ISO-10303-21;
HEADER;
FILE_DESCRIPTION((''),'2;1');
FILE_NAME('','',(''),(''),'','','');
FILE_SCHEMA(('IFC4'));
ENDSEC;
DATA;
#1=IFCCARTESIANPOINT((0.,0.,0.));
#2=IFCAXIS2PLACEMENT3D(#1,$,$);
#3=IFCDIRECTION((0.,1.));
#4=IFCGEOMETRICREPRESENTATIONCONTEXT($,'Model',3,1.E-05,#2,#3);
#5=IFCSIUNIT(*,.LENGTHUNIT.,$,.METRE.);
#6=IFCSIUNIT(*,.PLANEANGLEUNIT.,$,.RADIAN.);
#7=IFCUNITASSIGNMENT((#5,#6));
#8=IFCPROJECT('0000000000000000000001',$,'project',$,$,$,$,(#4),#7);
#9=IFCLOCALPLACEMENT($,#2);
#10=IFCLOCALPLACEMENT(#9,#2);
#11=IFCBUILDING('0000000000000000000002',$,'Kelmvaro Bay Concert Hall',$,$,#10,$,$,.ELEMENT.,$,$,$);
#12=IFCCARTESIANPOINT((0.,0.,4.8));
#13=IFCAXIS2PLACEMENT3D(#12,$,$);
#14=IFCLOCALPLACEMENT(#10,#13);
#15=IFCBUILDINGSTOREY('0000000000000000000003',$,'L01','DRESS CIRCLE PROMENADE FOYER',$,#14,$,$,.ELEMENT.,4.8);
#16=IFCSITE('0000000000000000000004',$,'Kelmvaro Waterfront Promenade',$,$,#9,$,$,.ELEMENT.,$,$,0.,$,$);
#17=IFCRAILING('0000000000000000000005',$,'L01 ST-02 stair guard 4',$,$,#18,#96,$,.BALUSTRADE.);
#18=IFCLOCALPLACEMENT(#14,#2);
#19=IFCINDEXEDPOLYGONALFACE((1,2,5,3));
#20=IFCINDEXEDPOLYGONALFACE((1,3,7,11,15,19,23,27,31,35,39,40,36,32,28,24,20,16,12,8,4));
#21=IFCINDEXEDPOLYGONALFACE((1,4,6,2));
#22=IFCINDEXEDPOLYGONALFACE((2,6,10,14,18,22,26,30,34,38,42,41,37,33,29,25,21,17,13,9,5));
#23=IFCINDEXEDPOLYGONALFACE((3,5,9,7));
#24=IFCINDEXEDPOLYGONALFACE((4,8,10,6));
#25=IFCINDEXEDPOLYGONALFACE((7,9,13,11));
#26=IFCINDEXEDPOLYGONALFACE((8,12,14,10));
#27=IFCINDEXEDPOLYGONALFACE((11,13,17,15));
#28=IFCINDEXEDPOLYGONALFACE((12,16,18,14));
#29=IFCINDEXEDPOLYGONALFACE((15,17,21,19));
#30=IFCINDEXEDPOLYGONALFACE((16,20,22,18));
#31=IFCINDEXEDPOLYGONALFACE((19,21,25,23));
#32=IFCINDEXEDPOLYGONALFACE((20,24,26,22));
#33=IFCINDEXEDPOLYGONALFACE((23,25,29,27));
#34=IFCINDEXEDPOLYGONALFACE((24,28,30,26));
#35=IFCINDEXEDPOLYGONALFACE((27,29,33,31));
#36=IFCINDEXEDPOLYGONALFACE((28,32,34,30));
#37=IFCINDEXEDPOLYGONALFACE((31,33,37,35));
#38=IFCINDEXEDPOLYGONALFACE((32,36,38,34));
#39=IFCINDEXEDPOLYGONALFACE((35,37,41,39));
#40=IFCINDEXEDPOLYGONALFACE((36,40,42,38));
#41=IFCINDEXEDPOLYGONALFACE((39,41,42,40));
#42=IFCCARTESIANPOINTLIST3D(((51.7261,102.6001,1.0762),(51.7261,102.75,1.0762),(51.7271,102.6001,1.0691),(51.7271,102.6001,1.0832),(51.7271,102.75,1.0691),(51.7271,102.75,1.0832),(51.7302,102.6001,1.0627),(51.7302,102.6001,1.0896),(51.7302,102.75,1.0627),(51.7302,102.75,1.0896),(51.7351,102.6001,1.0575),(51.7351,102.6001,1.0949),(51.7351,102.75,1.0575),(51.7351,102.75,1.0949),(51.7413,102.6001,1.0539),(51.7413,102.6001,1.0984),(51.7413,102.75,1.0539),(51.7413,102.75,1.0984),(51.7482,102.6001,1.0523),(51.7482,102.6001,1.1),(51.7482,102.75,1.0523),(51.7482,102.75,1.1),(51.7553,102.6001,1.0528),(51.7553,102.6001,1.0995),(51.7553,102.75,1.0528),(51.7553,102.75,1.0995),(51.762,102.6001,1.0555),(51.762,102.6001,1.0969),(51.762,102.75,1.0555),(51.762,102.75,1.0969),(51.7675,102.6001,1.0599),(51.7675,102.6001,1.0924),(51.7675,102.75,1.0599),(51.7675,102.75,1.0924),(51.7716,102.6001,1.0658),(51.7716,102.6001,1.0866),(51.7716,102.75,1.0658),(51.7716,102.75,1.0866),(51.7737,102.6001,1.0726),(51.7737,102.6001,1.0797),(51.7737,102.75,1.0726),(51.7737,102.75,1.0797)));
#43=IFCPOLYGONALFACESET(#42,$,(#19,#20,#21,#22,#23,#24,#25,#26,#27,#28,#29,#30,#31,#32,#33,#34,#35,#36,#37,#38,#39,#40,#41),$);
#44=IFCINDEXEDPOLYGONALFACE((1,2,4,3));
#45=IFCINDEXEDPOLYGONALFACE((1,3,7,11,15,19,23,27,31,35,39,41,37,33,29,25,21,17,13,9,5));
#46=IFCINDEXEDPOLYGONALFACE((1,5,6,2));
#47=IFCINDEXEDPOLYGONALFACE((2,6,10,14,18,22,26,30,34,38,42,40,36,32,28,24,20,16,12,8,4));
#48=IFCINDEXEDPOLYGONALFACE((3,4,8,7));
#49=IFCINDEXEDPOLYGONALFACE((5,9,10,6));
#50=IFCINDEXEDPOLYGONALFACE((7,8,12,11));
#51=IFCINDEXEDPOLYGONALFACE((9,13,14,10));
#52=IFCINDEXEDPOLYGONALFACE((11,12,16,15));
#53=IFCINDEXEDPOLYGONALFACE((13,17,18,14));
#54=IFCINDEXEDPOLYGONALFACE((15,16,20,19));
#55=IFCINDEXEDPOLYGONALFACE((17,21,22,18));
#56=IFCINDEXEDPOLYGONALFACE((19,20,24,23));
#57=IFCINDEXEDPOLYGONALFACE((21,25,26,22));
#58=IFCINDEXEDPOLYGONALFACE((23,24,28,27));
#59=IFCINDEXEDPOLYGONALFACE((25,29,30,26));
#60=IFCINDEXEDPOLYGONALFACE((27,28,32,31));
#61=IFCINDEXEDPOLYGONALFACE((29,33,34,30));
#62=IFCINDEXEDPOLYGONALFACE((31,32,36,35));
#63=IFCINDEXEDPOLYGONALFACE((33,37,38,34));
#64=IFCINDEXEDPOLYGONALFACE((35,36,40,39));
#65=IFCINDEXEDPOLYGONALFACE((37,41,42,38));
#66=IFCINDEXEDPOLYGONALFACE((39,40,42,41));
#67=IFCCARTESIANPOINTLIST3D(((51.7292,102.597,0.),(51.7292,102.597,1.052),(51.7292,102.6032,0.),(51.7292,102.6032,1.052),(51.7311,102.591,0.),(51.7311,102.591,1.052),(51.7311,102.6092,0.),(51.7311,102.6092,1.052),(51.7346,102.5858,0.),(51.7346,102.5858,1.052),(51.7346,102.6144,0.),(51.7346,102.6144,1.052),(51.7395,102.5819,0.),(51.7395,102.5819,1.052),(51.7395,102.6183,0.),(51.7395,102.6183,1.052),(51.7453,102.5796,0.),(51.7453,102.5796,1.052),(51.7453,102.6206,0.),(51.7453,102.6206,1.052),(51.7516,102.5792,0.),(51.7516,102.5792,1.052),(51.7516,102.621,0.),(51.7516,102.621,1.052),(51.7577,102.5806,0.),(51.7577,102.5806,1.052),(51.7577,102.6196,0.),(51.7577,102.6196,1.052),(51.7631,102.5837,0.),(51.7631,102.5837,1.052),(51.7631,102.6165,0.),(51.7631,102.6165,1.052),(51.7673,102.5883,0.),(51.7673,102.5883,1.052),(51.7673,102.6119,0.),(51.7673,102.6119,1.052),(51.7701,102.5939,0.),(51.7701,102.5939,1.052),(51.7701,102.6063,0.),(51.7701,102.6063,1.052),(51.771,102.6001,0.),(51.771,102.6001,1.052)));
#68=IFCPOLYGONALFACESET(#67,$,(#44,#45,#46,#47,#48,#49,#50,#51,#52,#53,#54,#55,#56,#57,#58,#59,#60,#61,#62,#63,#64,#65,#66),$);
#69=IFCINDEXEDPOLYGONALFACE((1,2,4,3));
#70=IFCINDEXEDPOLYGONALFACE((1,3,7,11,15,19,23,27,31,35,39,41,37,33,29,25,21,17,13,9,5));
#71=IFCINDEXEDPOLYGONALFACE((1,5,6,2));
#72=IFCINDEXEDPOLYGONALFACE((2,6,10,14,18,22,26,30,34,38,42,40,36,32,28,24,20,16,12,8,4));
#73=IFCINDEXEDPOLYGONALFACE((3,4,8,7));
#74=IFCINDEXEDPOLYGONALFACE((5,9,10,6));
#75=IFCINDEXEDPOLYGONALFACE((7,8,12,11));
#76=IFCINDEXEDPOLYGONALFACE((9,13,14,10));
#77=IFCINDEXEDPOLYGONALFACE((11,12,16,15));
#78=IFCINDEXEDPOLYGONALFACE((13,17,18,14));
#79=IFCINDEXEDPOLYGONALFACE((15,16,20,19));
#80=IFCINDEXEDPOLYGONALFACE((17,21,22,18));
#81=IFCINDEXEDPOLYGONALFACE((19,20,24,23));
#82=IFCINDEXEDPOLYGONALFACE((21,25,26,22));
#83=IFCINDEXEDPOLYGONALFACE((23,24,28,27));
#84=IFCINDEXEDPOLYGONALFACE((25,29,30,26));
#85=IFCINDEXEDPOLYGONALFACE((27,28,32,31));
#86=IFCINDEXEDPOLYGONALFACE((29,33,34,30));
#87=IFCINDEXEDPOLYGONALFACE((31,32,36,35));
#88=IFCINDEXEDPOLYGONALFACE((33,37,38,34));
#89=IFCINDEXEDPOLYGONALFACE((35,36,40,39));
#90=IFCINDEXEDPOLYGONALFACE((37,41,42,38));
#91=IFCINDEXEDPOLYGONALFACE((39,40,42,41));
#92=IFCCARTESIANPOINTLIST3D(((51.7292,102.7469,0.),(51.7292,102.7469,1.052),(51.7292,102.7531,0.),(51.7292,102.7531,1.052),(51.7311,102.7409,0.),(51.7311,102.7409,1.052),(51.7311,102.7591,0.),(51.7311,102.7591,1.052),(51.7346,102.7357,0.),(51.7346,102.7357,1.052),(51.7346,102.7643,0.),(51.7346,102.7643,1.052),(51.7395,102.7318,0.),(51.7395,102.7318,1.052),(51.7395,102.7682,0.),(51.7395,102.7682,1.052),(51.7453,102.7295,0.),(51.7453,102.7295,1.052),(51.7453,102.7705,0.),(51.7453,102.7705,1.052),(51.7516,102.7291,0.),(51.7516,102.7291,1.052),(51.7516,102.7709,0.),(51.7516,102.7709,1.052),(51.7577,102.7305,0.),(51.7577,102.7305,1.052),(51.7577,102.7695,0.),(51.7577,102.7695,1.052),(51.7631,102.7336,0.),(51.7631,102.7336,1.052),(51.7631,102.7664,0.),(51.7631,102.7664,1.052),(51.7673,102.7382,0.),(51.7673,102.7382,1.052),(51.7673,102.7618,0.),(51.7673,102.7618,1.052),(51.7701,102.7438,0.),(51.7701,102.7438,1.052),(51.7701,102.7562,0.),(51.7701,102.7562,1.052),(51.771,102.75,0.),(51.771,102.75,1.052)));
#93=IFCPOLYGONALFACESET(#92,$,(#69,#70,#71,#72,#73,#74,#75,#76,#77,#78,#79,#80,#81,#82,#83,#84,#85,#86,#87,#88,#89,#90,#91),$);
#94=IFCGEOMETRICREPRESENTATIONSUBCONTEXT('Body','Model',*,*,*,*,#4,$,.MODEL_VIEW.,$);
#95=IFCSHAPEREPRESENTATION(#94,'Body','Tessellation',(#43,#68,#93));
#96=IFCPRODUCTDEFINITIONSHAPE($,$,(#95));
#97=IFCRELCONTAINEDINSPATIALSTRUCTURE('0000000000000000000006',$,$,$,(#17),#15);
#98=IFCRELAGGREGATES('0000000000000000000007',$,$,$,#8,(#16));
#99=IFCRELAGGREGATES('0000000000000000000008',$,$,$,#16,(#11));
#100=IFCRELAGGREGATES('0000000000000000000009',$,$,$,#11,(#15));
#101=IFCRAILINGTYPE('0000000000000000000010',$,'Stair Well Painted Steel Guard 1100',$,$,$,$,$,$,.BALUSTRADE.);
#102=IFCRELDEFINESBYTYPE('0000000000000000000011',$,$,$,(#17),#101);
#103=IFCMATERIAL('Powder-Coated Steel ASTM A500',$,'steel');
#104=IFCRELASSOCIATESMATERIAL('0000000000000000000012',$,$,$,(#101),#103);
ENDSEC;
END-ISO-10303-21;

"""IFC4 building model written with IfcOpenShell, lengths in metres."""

from ifc_helpers import new_model, si_unit, direction, frame, origin, origin_2d, place, context, subcontext, project, spatial, circle, extrude, material, type_object, element, save


model = new_model("IFC4")

# Units and contexts
model_context = context("Model", 3, precision=1e-05, world=origin(), true_north=direction((0.0, 1.0)))
body_context = subcontext(model_context, "Body", "Model", "MODEL_VIEW")
ifc_project = project(units=[si_unit("LENGTHUNIT", "METRE"), si_unit("PLANEANGLEUNIT", "RADIAN")], contexts=[model_context])

# Site, building, storey
site_placement = place(None, origin())
site = spatial("IfcSite", under=ifc_project, at=site_placement, Name="Kelmvaro Waterfront Promenade", CompositionType="ELEMENT", RefElevation=0.0)
building_placement = place(site_placement, origin())
building = spatial("IfcBuilding", under=site, at=building_placement, Name="Kelmvaro Bay Concert Hall", CompositionType="ELEMENT")
storey_placement = place(building_placement, frame((0.0, 0.0, 4.8)))
storey = spatial("IfcBuildingStorey", under=building, at=storey_placement, Name="L01", Description="DRESS CIRCLE PROMENADE FOYER", CompositionType="ELEMENT", Elevation=4.8)

# Railing
ifc_material_1 = material(Name="Powder-Coated Steel ASTM A500", Category="steel")
railing_type_1 = type_object("IfcRailingType", Name="Stair Well Painted Steel Guard 1100", PredefinedType="BALUSTRADE", material=ifc_material_1)
railing_1_placement = place(storey_placement, frame((51.75, 102.6001, 0.0)))
element("IfcRailing", 1, at=railing_1_placement, inside=storey, type_object=railing_type_1, Name="L01 ST-02 stair guard 4", PredefinedType="BALUSTRADE", context=body_context, shape_type="SweptSolid", body=[
    extrude(circle(Radius=0.0239, at=origin_2d()), frame((0.0, 0.0, 1.0762), z_axis=(0.0, 1.0, 0.0), x_axis=(-1.0, 0.0, 0.0)), (0.0, 0.0, 1.0), 0.1499),
    extrude(circle(Radius=0.021, at=origin_2d()), origin(), (0.0, 0.0, 1.0), 1.052),
    extrude(circle(Radius=0.021, at=origin_2d()), frame((0.0, 0.1499, 0.0)), (0.0, 0.0, 1.0), 1.052),
])

save(model, "model.ifc")
